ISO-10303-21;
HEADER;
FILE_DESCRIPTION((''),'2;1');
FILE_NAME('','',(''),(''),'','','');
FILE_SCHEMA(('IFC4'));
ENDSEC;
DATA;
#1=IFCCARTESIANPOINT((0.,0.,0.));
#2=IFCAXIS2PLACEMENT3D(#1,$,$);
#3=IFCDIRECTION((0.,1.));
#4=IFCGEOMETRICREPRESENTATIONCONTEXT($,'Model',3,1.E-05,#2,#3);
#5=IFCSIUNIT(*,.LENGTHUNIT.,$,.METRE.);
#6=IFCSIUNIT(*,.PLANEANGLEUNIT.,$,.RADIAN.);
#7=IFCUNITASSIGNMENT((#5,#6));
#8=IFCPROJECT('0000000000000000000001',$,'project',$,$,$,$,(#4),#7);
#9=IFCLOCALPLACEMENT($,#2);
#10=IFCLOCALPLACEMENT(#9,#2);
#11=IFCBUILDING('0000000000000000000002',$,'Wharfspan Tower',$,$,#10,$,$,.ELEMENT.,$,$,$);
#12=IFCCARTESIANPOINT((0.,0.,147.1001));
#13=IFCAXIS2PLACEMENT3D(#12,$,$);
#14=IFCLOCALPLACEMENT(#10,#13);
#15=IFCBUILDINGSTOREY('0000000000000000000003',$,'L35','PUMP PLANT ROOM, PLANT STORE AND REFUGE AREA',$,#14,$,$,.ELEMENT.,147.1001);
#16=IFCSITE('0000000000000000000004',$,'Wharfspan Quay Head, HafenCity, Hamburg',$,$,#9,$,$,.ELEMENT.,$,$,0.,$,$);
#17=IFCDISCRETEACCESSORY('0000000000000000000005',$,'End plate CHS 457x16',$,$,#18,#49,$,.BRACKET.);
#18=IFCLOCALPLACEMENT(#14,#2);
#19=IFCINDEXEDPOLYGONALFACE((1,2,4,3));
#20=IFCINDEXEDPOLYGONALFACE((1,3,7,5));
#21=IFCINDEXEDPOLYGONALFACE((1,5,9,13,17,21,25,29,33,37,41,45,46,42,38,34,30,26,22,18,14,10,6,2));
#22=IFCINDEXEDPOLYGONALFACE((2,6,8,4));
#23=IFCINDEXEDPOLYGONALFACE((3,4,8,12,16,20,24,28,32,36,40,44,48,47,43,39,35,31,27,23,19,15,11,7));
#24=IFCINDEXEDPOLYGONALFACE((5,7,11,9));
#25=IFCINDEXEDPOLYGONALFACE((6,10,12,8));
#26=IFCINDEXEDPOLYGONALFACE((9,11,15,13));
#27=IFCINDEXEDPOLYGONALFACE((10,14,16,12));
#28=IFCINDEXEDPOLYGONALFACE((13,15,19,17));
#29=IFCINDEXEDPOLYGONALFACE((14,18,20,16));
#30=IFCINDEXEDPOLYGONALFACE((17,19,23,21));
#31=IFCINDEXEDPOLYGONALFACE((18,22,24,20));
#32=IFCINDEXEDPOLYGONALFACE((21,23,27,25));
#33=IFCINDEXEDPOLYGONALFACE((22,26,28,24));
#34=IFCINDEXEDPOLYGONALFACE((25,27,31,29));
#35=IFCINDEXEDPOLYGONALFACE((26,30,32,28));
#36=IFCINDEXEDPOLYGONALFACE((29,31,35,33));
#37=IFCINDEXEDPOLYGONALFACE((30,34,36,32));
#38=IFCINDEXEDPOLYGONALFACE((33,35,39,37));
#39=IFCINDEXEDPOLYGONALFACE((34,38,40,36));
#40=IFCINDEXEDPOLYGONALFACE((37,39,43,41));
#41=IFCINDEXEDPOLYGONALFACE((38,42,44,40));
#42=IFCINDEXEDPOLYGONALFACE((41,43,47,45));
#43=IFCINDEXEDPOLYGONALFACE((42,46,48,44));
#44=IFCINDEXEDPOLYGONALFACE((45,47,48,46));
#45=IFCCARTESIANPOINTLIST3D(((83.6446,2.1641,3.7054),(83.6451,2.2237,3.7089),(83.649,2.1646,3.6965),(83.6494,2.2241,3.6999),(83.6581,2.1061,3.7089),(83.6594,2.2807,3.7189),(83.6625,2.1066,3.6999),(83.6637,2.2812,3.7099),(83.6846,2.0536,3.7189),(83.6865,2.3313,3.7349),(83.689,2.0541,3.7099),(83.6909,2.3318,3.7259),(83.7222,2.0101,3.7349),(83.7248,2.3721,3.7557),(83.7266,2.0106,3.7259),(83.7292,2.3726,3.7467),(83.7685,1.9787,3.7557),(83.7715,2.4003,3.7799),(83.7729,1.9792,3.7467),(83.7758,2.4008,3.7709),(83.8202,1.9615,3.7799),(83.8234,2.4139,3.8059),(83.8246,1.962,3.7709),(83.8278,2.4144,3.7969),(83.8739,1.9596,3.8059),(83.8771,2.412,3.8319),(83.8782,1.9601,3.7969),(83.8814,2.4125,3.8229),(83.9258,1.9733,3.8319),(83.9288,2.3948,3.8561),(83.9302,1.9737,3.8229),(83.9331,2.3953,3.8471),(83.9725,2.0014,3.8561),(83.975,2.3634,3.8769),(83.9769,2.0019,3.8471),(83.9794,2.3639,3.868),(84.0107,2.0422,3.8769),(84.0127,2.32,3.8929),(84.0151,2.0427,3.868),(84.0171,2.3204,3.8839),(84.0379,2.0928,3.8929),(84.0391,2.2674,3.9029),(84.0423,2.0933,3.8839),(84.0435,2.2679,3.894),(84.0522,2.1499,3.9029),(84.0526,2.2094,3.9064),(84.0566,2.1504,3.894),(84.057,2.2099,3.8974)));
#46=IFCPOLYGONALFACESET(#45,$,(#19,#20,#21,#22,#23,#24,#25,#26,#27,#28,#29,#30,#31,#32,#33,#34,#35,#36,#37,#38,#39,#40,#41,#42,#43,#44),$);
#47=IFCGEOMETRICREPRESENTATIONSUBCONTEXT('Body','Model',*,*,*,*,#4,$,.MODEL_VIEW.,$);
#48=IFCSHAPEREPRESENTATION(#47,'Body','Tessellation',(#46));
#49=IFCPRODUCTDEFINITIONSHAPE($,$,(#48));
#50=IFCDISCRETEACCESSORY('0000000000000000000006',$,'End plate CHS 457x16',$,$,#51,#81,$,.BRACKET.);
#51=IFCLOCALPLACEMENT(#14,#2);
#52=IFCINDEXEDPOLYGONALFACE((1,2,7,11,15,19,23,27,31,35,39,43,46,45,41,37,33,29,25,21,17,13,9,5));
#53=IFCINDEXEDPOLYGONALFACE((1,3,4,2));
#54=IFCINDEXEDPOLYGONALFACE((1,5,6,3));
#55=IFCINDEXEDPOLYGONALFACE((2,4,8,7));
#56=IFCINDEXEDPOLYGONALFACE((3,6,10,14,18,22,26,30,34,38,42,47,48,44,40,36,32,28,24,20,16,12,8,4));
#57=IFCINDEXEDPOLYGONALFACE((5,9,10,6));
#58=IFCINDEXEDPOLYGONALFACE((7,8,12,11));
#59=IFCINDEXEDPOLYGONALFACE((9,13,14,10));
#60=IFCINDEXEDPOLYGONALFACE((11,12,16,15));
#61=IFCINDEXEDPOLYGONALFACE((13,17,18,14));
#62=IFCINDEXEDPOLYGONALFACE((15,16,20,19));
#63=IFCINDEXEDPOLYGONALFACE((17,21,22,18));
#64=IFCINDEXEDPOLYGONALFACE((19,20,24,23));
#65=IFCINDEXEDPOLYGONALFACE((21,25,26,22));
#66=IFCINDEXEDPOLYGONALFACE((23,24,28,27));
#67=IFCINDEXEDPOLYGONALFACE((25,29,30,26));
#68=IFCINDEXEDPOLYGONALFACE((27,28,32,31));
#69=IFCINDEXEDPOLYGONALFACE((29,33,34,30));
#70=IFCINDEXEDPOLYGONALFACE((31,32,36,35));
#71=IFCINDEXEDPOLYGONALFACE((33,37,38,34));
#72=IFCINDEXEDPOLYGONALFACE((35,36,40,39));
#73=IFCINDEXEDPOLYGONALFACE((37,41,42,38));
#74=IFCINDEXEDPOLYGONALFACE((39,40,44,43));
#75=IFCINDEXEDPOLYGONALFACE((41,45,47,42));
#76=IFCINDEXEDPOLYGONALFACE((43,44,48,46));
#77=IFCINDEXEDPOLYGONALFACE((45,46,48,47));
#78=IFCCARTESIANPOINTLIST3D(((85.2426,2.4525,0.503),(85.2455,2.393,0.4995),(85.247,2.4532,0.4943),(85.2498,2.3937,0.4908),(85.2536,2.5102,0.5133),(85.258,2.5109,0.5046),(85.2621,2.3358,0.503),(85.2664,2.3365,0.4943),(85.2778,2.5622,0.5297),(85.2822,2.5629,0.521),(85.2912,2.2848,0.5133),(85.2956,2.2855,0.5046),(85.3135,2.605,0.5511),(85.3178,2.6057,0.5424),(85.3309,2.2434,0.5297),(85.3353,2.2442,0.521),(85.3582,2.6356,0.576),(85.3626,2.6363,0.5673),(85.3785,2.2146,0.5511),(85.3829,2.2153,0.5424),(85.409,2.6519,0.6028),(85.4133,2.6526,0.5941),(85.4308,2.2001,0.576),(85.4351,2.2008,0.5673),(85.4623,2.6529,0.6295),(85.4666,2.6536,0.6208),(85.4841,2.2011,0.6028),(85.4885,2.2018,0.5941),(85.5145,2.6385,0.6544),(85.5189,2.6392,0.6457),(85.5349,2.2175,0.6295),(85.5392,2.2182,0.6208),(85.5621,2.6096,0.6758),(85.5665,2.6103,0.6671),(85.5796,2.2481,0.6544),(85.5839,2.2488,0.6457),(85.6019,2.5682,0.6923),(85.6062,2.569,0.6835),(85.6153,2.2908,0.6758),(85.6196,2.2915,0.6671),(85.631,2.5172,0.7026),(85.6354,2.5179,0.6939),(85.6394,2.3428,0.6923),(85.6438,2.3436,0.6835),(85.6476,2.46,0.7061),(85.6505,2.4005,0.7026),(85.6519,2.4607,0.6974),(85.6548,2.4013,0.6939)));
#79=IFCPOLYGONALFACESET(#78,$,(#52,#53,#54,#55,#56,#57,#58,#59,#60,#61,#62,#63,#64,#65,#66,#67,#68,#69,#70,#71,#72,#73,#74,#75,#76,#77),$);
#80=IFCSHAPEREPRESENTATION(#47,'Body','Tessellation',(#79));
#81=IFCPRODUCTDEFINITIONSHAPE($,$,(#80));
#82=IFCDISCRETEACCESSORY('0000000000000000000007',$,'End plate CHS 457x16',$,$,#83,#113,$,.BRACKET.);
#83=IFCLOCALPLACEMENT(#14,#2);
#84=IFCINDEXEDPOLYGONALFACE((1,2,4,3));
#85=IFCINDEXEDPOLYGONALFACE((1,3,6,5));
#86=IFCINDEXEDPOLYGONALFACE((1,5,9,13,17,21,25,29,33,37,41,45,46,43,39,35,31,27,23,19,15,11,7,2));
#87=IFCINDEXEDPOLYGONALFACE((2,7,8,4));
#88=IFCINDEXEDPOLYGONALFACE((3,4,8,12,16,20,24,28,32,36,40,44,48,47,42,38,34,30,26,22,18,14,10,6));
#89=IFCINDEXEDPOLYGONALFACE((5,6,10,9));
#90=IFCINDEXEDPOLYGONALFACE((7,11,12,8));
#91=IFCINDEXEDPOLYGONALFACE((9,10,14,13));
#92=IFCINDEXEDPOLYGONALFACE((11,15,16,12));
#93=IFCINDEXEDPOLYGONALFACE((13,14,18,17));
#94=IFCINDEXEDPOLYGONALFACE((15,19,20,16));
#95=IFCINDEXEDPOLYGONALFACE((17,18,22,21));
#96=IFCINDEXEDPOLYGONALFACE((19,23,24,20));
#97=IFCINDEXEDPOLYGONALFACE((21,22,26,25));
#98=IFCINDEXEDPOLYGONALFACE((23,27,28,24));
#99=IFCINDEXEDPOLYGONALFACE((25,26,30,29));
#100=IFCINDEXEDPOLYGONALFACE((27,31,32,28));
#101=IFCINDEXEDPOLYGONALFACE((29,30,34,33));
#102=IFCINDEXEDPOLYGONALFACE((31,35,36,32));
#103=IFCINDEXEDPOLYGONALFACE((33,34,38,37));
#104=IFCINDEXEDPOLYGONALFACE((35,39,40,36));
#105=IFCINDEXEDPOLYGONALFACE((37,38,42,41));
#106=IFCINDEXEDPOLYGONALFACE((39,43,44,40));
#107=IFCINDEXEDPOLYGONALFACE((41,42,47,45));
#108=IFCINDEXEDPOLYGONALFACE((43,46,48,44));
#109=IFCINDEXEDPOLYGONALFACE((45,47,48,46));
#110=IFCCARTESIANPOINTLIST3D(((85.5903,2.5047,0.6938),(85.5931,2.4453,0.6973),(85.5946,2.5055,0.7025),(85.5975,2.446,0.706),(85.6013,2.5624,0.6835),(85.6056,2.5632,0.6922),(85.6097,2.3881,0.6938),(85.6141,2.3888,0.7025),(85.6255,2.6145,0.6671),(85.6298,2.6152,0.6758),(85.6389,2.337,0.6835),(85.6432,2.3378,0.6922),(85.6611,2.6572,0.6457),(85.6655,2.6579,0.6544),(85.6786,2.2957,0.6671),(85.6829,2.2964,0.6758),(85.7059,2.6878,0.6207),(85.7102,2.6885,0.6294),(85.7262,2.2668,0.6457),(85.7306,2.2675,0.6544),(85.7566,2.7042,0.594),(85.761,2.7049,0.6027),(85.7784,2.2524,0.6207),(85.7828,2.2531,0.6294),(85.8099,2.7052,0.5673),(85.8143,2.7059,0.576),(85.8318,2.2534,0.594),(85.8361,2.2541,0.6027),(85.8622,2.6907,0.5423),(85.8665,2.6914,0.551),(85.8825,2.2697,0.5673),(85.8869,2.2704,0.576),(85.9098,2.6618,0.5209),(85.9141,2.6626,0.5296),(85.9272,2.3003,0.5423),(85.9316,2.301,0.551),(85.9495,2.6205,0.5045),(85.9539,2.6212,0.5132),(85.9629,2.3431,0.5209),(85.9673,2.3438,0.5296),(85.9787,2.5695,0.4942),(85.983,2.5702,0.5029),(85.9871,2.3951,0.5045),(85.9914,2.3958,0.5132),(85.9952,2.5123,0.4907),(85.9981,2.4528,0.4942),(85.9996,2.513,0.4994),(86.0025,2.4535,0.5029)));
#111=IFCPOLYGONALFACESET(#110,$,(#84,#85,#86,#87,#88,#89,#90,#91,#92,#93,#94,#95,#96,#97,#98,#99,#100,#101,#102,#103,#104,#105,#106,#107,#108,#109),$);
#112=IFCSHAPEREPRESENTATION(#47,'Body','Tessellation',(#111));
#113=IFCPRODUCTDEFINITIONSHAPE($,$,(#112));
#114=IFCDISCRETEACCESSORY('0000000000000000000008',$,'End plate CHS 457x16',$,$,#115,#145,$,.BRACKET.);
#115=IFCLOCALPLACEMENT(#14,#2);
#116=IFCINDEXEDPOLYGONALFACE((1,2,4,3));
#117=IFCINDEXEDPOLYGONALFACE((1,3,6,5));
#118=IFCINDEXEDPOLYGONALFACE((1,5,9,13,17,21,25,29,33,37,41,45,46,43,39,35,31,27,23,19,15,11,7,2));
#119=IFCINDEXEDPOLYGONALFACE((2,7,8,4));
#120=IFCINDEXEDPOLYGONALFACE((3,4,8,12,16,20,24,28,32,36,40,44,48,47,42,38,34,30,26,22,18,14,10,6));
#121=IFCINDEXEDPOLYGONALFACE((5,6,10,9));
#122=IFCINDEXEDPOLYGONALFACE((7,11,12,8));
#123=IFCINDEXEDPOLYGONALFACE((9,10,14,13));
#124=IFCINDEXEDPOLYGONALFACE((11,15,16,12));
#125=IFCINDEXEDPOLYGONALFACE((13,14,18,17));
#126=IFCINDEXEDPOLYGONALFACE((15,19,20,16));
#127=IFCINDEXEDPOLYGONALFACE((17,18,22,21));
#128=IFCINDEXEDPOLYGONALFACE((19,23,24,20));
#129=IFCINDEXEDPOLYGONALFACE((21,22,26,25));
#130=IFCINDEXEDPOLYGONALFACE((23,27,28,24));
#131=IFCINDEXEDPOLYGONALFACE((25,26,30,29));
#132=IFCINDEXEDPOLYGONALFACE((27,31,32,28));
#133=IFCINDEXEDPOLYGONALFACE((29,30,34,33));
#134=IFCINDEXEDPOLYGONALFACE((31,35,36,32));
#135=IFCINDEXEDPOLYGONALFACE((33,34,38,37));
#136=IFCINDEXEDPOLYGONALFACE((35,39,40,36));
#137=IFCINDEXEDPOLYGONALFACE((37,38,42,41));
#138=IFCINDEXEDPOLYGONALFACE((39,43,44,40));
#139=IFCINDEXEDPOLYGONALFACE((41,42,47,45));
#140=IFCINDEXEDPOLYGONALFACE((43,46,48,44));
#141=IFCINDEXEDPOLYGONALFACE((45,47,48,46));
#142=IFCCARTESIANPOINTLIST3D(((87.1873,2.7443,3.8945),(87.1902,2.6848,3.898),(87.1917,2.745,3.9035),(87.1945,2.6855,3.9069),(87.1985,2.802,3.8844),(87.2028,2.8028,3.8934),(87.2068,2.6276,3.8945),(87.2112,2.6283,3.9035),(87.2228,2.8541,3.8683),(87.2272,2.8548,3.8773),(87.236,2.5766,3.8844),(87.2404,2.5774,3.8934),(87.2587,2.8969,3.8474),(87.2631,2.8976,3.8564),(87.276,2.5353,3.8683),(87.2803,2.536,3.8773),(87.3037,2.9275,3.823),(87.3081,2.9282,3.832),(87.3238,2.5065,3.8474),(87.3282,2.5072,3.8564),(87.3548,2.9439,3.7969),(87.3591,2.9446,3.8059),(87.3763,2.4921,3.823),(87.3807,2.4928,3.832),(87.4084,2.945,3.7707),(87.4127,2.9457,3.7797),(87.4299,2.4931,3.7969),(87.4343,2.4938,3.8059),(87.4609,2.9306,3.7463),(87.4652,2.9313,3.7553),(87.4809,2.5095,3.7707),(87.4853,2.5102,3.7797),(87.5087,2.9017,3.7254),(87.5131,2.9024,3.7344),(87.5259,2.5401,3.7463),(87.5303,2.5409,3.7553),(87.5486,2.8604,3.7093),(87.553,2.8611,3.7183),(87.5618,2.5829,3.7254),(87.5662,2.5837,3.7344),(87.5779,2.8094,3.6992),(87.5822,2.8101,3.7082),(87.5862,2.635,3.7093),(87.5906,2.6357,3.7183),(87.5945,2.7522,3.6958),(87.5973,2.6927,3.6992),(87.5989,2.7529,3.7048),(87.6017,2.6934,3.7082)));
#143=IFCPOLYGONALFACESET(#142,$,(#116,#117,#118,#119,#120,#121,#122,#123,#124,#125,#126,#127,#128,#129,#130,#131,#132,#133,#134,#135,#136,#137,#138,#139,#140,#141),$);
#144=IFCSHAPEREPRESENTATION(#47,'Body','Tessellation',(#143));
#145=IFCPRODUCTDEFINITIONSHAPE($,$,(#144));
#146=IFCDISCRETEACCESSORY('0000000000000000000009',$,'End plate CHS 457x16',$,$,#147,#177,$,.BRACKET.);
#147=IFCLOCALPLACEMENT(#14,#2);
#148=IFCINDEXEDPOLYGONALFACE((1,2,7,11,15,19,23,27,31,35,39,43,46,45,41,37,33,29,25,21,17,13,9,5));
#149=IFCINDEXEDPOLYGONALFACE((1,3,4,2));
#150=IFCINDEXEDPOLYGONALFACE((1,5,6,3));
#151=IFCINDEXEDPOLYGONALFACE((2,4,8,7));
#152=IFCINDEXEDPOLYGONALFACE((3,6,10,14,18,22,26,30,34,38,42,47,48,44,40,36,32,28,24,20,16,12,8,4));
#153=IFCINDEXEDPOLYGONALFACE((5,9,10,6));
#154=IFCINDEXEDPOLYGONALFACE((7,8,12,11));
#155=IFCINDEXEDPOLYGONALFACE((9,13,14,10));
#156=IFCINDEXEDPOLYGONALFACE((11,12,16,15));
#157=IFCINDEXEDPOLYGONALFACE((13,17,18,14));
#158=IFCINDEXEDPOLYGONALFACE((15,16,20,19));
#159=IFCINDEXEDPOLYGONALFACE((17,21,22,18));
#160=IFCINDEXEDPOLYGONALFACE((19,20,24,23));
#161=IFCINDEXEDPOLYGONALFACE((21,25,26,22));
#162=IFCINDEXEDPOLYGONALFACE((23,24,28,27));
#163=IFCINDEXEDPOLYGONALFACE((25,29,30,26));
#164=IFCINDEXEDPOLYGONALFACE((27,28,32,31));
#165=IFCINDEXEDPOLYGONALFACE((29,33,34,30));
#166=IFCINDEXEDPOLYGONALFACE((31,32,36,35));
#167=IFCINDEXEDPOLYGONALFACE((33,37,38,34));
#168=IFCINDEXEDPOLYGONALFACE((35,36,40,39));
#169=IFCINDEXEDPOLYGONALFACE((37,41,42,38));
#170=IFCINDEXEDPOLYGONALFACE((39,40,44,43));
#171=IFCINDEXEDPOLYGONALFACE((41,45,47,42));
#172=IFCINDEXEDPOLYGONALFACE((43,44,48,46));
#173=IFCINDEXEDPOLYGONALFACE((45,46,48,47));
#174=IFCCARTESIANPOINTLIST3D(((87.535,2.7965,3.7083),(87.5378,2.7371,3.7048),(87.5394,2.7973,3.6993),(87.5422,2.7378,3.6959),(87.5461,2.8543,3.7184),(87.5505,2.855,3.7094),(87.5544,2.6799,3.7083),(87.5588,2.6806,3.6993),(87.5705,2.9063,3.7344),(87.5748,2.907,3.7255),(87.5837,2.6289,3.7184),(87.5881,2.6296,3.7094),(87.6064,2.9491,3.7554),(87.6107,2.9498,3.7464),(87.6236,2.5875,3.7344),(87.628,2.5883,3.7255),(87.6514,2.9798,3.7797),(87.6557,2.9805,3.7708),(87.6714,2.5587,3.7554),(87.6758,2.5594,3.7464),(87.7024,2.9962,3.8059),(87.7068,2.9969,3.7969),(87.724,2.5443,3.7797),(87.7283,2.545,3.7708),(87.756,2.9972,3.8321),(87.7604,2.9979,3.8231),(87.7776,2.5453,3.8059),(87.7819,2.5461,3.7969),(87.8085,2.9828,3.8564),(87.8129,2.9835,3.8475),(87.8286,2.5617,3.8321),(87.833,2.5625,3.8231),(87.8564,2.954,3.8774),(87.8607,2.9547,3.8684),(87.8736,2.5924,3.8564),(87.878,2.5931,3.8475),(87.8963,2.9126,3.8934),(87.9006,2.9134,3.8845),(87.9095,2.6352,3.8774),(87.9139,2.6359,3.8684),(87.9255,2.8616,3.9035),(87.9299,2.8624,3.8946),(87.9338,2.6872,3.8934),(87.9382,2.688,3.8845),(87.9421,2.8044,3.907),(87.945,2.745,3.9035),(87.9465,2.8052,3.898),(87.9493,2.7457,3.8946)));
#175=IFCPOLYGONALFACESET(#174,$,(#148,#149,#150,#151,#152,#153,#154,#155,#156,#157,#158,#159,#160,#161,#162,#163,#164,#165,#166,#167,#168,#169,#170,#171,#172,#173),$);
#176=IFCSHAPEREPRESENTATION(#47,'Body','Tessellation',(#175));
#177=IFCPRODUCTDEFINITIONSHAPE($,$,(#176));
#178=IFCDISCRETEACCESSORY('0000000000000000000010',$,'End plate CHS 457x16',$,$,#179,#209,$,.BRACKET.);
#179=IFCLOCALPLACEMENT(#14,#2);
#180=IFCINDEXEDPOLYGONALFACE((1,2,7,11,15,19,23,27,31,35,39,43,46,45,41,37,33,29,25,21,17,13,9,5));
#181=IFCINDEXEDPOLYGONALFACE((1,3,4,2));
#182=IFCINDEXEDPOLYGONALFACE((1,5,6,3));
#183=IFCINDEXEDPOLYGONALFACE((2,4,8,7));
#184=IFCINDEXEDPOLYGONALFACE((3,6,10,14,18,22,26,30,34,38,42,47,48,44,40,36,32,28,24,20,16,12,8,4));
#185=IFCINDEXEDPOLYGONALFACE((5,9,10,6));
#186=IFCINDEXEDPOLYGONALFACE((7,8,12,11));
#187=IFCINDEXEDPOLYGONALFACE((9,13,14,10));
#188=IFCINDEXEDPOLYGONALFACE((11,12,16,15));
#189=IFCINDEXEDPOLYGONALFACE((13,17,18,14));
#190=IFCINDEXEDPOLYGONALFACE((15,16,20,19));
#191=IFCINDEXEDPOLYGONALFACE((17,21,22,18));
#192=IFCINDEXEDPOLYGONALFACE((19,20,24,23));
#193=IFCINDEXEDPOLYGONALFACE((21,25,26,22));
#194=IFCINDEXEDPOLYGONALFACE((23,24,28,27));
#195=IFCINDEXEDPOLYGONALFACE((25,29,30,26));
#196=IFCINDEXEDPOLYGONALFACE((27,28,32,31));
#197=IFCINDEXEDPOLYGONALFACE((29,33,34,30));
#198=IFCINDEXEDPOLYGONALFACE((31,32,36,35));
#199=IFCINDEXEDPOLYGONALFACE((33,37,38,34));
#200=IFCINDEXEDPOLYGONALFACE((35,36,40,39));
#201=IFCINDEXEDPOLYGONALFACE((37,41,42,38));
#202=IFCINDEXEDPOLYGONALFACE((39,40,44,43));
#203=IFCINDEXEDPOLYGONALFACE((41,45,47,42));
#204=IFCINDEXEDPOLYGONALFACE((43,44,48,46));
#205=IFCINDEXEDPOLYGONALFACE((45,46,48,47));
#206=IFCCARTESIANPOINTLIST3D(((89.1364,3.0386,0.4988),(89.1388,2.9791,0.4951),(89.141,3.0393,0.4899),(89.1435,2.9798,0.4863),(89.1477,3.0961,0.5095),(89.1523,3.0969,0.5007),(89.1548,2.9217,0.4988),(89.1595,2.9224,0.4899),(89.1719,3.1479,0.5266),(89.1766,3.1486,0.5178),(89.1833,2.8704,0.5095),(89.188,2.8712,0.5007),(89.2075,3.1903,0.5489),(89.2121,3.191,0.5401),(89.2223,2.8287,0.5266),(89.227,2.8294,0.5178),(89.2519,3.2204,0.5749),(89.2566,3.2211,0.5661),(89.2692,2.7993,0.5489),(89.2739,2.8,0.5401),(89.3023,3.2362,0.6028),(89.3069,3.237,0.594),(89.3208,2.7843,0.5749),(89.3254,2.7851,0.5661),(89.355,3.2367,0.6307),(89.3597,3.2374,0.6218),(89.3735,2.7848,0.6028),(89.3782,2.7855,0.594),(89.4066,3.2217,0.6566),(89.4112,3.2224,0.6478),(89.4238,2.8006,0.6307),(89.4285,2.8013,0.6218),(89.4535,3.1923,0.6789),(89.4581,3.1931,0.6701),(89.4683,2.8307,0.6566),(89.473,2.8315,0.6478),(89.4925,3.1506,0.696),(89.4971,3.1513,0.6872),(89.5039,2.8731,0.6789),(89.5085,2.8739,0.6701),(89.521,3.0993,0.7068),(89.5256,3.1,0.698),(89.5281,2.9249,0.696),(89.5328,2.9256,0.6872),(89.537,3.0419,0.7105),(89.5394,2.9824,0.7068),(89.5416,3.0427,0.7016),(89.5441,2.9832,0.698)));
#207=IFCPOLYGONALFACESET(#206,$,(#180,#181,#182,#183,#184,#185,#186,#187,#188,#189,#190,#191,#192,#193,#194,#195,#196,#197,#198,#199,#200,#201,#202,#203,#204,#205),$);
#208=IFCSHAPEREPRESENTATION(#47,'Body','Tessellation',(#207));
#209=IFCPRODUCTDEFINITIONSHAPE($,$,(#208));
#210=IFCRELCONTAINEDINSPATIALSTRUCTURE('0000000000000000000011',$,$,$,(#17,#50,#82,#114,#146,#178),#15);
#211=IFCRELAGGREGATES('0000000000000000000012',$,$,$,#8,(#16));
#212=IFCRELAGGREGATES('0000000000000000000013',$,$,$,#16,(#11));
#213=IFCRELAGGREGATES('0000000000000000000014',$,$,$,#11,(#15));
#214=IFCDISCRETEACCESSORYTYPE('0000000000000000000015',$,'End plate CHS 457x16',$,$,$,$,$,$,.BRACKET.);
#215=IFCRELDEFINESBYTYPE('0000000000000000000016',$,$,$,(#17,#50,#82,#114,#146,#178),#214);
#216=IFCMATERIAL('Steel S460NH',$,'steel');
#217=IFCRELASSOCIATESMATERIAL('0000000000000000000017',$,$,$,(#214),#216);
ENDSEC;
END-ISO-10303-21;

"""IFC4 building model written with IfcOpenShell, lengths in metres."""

from ifc_helpers import new_model, si_unit, direction, frame, origin, origin_2d, place, context, subcontext, project, spatial, circle, extrude, material, material_profile, profile_set, type_object, element, save


model = new_model("IFC4")

# Units and contexts
model_context = context("Model", 3, precision=1e-05, world=origin(), true_north=direction((0.0, 1.0)))
body_context = subcontext(model_context, "Body", "Model", "MODEL_VIEW")
ifc_project = project(units=[si_unit("LENGTHUNIT", "METRE"), si_unit("PLANEANGLEUNIT", "RADIAN")], contexts=[model_context])

# Site, building, storey
site_placement = place(None, origin())
site = spatial("IfcSite", under=ifc_project, at=site_placement, Name="Wharfspan Quay Head, HafenCity, Hamburg", CompositionType="ELEMENT", RefElevation=0.0)
building_placement = place(site_placement, origin())
building = spatial("IfcBuilding", under=site, at=building_placement, Name="Wharfspan Tower", CompositionType="ELEMENT")
storey_placement = place(building_placement, frame((0.0, 0.0, 147.1001)))
storey = spatial("IfcBuildingStorey", under=building, at=storey_placement, Name="L35", Description="PUMP PLANT ROOM, PLANT STORE AND REFUGE AREA", CompositionType="ELEMENT", Elevation=147.1001)

# Shared definitions
ifc_material_1 = material(Name="Steel S460NH", Category="steel")

# Discrete accessories
ifc_material_profile_1 = material_profile(ifc_material_1, circle(Radius=0.2285, at=origin_2d()))
ifc_profile_set_1 = profile_set([ifc_material_profile_1], Name="Steel S460NH")
discrete_accessory_type_1 = type_object("IfcDiscreteAccessoryType", Name="End plate CHS 457x16", PredefinedType="BRACKET", material=ifc_profile_set_1)
discrete_accessory_1_placement = place(storey_placement, frame((83.8486, 2.1868, 3.8059), z_axis=(0.43695, 0.04855, -0.898175), x_axis=(-0.110432, 0.993888, 0.0)))
element("IfcDiscreteAccessory", 1, at=discrete_accessory_1_placement, inside=storey, type_object=discrete_accessory_type_1, Name="End plate CHS 457x16", PredefinedType="BRACKET", context=body_context, shape_type="SweptSolid", body=[
    extrude(circle(Radius=0.2285, at=origin_2d()), origin(), (0.0, 0.0, 1.0), 0.01),
])
for number, where, z_axis, x_axis, name in (
    (2, (85.4465, 2.4265, 0.6028), (0.445976, 0.074329, -0.891953), (-0.164398, 0.986392, 0.0), "End plate CHS 457x16"),
    (3, (85.7942, 2.4788, 0.594), (0.445976, 0.074329, 0.891953), (-0.164398, 0.986392, 0.0), "End plate CHS 457x16"),
):
    element("IfcDiscreteAccessory", number, at=place(storey_placement, frame(where, z_axis=z_axis, x_axis=x_axis)), inside=storey, type_object=discrete_accessory_type_1, Name=name, PredefinedType="BRACKET", context=body_context, shape_type="SweptSolid", body=[
        extrude(circle(Radius=0.2285, at=origin_2d()), origin(), (0.0, 0.0, 1.0), 0.0098),
    ])
for number, where, z_axis, x_axis, name in (
    (4, (87.3923, 2.7185, 3.7969), (0.436308, 0.072718, 0.896854), (-0.164399, 0.986394, 0.0), "End plate CHS 457x16"),
    (5, (87.74, 2.7708, 3.8059), (0.436308, 0.072718, -0.896854), (-0.164399, 0.986394, 0.0), "End plate CHS 457x16"),
    (6, (89.3379, 3.0105, 0.6028), (0.465496, 0.073499, -0.881993), (-0.155964, 0.987765, -0.000001), "End plate CHS 457x16"),
):
    element("IfcDiscreteAccessory", number, at=place(storey_placement, frame(where, z_axis=z_axis, x_axis=x_axis)), inside=storey, type_object=discrete_accessory_type_1, Name=name, PredefinedType="BRACKET", context=body_context, shape_type="SweptSolid", body=[
        extrude(circle(Radius=0.2285, at=origin_2d()), origin(), (0.0, 0.0, 1.0), 0.01),
    ])

save(model, "model.ifc")
